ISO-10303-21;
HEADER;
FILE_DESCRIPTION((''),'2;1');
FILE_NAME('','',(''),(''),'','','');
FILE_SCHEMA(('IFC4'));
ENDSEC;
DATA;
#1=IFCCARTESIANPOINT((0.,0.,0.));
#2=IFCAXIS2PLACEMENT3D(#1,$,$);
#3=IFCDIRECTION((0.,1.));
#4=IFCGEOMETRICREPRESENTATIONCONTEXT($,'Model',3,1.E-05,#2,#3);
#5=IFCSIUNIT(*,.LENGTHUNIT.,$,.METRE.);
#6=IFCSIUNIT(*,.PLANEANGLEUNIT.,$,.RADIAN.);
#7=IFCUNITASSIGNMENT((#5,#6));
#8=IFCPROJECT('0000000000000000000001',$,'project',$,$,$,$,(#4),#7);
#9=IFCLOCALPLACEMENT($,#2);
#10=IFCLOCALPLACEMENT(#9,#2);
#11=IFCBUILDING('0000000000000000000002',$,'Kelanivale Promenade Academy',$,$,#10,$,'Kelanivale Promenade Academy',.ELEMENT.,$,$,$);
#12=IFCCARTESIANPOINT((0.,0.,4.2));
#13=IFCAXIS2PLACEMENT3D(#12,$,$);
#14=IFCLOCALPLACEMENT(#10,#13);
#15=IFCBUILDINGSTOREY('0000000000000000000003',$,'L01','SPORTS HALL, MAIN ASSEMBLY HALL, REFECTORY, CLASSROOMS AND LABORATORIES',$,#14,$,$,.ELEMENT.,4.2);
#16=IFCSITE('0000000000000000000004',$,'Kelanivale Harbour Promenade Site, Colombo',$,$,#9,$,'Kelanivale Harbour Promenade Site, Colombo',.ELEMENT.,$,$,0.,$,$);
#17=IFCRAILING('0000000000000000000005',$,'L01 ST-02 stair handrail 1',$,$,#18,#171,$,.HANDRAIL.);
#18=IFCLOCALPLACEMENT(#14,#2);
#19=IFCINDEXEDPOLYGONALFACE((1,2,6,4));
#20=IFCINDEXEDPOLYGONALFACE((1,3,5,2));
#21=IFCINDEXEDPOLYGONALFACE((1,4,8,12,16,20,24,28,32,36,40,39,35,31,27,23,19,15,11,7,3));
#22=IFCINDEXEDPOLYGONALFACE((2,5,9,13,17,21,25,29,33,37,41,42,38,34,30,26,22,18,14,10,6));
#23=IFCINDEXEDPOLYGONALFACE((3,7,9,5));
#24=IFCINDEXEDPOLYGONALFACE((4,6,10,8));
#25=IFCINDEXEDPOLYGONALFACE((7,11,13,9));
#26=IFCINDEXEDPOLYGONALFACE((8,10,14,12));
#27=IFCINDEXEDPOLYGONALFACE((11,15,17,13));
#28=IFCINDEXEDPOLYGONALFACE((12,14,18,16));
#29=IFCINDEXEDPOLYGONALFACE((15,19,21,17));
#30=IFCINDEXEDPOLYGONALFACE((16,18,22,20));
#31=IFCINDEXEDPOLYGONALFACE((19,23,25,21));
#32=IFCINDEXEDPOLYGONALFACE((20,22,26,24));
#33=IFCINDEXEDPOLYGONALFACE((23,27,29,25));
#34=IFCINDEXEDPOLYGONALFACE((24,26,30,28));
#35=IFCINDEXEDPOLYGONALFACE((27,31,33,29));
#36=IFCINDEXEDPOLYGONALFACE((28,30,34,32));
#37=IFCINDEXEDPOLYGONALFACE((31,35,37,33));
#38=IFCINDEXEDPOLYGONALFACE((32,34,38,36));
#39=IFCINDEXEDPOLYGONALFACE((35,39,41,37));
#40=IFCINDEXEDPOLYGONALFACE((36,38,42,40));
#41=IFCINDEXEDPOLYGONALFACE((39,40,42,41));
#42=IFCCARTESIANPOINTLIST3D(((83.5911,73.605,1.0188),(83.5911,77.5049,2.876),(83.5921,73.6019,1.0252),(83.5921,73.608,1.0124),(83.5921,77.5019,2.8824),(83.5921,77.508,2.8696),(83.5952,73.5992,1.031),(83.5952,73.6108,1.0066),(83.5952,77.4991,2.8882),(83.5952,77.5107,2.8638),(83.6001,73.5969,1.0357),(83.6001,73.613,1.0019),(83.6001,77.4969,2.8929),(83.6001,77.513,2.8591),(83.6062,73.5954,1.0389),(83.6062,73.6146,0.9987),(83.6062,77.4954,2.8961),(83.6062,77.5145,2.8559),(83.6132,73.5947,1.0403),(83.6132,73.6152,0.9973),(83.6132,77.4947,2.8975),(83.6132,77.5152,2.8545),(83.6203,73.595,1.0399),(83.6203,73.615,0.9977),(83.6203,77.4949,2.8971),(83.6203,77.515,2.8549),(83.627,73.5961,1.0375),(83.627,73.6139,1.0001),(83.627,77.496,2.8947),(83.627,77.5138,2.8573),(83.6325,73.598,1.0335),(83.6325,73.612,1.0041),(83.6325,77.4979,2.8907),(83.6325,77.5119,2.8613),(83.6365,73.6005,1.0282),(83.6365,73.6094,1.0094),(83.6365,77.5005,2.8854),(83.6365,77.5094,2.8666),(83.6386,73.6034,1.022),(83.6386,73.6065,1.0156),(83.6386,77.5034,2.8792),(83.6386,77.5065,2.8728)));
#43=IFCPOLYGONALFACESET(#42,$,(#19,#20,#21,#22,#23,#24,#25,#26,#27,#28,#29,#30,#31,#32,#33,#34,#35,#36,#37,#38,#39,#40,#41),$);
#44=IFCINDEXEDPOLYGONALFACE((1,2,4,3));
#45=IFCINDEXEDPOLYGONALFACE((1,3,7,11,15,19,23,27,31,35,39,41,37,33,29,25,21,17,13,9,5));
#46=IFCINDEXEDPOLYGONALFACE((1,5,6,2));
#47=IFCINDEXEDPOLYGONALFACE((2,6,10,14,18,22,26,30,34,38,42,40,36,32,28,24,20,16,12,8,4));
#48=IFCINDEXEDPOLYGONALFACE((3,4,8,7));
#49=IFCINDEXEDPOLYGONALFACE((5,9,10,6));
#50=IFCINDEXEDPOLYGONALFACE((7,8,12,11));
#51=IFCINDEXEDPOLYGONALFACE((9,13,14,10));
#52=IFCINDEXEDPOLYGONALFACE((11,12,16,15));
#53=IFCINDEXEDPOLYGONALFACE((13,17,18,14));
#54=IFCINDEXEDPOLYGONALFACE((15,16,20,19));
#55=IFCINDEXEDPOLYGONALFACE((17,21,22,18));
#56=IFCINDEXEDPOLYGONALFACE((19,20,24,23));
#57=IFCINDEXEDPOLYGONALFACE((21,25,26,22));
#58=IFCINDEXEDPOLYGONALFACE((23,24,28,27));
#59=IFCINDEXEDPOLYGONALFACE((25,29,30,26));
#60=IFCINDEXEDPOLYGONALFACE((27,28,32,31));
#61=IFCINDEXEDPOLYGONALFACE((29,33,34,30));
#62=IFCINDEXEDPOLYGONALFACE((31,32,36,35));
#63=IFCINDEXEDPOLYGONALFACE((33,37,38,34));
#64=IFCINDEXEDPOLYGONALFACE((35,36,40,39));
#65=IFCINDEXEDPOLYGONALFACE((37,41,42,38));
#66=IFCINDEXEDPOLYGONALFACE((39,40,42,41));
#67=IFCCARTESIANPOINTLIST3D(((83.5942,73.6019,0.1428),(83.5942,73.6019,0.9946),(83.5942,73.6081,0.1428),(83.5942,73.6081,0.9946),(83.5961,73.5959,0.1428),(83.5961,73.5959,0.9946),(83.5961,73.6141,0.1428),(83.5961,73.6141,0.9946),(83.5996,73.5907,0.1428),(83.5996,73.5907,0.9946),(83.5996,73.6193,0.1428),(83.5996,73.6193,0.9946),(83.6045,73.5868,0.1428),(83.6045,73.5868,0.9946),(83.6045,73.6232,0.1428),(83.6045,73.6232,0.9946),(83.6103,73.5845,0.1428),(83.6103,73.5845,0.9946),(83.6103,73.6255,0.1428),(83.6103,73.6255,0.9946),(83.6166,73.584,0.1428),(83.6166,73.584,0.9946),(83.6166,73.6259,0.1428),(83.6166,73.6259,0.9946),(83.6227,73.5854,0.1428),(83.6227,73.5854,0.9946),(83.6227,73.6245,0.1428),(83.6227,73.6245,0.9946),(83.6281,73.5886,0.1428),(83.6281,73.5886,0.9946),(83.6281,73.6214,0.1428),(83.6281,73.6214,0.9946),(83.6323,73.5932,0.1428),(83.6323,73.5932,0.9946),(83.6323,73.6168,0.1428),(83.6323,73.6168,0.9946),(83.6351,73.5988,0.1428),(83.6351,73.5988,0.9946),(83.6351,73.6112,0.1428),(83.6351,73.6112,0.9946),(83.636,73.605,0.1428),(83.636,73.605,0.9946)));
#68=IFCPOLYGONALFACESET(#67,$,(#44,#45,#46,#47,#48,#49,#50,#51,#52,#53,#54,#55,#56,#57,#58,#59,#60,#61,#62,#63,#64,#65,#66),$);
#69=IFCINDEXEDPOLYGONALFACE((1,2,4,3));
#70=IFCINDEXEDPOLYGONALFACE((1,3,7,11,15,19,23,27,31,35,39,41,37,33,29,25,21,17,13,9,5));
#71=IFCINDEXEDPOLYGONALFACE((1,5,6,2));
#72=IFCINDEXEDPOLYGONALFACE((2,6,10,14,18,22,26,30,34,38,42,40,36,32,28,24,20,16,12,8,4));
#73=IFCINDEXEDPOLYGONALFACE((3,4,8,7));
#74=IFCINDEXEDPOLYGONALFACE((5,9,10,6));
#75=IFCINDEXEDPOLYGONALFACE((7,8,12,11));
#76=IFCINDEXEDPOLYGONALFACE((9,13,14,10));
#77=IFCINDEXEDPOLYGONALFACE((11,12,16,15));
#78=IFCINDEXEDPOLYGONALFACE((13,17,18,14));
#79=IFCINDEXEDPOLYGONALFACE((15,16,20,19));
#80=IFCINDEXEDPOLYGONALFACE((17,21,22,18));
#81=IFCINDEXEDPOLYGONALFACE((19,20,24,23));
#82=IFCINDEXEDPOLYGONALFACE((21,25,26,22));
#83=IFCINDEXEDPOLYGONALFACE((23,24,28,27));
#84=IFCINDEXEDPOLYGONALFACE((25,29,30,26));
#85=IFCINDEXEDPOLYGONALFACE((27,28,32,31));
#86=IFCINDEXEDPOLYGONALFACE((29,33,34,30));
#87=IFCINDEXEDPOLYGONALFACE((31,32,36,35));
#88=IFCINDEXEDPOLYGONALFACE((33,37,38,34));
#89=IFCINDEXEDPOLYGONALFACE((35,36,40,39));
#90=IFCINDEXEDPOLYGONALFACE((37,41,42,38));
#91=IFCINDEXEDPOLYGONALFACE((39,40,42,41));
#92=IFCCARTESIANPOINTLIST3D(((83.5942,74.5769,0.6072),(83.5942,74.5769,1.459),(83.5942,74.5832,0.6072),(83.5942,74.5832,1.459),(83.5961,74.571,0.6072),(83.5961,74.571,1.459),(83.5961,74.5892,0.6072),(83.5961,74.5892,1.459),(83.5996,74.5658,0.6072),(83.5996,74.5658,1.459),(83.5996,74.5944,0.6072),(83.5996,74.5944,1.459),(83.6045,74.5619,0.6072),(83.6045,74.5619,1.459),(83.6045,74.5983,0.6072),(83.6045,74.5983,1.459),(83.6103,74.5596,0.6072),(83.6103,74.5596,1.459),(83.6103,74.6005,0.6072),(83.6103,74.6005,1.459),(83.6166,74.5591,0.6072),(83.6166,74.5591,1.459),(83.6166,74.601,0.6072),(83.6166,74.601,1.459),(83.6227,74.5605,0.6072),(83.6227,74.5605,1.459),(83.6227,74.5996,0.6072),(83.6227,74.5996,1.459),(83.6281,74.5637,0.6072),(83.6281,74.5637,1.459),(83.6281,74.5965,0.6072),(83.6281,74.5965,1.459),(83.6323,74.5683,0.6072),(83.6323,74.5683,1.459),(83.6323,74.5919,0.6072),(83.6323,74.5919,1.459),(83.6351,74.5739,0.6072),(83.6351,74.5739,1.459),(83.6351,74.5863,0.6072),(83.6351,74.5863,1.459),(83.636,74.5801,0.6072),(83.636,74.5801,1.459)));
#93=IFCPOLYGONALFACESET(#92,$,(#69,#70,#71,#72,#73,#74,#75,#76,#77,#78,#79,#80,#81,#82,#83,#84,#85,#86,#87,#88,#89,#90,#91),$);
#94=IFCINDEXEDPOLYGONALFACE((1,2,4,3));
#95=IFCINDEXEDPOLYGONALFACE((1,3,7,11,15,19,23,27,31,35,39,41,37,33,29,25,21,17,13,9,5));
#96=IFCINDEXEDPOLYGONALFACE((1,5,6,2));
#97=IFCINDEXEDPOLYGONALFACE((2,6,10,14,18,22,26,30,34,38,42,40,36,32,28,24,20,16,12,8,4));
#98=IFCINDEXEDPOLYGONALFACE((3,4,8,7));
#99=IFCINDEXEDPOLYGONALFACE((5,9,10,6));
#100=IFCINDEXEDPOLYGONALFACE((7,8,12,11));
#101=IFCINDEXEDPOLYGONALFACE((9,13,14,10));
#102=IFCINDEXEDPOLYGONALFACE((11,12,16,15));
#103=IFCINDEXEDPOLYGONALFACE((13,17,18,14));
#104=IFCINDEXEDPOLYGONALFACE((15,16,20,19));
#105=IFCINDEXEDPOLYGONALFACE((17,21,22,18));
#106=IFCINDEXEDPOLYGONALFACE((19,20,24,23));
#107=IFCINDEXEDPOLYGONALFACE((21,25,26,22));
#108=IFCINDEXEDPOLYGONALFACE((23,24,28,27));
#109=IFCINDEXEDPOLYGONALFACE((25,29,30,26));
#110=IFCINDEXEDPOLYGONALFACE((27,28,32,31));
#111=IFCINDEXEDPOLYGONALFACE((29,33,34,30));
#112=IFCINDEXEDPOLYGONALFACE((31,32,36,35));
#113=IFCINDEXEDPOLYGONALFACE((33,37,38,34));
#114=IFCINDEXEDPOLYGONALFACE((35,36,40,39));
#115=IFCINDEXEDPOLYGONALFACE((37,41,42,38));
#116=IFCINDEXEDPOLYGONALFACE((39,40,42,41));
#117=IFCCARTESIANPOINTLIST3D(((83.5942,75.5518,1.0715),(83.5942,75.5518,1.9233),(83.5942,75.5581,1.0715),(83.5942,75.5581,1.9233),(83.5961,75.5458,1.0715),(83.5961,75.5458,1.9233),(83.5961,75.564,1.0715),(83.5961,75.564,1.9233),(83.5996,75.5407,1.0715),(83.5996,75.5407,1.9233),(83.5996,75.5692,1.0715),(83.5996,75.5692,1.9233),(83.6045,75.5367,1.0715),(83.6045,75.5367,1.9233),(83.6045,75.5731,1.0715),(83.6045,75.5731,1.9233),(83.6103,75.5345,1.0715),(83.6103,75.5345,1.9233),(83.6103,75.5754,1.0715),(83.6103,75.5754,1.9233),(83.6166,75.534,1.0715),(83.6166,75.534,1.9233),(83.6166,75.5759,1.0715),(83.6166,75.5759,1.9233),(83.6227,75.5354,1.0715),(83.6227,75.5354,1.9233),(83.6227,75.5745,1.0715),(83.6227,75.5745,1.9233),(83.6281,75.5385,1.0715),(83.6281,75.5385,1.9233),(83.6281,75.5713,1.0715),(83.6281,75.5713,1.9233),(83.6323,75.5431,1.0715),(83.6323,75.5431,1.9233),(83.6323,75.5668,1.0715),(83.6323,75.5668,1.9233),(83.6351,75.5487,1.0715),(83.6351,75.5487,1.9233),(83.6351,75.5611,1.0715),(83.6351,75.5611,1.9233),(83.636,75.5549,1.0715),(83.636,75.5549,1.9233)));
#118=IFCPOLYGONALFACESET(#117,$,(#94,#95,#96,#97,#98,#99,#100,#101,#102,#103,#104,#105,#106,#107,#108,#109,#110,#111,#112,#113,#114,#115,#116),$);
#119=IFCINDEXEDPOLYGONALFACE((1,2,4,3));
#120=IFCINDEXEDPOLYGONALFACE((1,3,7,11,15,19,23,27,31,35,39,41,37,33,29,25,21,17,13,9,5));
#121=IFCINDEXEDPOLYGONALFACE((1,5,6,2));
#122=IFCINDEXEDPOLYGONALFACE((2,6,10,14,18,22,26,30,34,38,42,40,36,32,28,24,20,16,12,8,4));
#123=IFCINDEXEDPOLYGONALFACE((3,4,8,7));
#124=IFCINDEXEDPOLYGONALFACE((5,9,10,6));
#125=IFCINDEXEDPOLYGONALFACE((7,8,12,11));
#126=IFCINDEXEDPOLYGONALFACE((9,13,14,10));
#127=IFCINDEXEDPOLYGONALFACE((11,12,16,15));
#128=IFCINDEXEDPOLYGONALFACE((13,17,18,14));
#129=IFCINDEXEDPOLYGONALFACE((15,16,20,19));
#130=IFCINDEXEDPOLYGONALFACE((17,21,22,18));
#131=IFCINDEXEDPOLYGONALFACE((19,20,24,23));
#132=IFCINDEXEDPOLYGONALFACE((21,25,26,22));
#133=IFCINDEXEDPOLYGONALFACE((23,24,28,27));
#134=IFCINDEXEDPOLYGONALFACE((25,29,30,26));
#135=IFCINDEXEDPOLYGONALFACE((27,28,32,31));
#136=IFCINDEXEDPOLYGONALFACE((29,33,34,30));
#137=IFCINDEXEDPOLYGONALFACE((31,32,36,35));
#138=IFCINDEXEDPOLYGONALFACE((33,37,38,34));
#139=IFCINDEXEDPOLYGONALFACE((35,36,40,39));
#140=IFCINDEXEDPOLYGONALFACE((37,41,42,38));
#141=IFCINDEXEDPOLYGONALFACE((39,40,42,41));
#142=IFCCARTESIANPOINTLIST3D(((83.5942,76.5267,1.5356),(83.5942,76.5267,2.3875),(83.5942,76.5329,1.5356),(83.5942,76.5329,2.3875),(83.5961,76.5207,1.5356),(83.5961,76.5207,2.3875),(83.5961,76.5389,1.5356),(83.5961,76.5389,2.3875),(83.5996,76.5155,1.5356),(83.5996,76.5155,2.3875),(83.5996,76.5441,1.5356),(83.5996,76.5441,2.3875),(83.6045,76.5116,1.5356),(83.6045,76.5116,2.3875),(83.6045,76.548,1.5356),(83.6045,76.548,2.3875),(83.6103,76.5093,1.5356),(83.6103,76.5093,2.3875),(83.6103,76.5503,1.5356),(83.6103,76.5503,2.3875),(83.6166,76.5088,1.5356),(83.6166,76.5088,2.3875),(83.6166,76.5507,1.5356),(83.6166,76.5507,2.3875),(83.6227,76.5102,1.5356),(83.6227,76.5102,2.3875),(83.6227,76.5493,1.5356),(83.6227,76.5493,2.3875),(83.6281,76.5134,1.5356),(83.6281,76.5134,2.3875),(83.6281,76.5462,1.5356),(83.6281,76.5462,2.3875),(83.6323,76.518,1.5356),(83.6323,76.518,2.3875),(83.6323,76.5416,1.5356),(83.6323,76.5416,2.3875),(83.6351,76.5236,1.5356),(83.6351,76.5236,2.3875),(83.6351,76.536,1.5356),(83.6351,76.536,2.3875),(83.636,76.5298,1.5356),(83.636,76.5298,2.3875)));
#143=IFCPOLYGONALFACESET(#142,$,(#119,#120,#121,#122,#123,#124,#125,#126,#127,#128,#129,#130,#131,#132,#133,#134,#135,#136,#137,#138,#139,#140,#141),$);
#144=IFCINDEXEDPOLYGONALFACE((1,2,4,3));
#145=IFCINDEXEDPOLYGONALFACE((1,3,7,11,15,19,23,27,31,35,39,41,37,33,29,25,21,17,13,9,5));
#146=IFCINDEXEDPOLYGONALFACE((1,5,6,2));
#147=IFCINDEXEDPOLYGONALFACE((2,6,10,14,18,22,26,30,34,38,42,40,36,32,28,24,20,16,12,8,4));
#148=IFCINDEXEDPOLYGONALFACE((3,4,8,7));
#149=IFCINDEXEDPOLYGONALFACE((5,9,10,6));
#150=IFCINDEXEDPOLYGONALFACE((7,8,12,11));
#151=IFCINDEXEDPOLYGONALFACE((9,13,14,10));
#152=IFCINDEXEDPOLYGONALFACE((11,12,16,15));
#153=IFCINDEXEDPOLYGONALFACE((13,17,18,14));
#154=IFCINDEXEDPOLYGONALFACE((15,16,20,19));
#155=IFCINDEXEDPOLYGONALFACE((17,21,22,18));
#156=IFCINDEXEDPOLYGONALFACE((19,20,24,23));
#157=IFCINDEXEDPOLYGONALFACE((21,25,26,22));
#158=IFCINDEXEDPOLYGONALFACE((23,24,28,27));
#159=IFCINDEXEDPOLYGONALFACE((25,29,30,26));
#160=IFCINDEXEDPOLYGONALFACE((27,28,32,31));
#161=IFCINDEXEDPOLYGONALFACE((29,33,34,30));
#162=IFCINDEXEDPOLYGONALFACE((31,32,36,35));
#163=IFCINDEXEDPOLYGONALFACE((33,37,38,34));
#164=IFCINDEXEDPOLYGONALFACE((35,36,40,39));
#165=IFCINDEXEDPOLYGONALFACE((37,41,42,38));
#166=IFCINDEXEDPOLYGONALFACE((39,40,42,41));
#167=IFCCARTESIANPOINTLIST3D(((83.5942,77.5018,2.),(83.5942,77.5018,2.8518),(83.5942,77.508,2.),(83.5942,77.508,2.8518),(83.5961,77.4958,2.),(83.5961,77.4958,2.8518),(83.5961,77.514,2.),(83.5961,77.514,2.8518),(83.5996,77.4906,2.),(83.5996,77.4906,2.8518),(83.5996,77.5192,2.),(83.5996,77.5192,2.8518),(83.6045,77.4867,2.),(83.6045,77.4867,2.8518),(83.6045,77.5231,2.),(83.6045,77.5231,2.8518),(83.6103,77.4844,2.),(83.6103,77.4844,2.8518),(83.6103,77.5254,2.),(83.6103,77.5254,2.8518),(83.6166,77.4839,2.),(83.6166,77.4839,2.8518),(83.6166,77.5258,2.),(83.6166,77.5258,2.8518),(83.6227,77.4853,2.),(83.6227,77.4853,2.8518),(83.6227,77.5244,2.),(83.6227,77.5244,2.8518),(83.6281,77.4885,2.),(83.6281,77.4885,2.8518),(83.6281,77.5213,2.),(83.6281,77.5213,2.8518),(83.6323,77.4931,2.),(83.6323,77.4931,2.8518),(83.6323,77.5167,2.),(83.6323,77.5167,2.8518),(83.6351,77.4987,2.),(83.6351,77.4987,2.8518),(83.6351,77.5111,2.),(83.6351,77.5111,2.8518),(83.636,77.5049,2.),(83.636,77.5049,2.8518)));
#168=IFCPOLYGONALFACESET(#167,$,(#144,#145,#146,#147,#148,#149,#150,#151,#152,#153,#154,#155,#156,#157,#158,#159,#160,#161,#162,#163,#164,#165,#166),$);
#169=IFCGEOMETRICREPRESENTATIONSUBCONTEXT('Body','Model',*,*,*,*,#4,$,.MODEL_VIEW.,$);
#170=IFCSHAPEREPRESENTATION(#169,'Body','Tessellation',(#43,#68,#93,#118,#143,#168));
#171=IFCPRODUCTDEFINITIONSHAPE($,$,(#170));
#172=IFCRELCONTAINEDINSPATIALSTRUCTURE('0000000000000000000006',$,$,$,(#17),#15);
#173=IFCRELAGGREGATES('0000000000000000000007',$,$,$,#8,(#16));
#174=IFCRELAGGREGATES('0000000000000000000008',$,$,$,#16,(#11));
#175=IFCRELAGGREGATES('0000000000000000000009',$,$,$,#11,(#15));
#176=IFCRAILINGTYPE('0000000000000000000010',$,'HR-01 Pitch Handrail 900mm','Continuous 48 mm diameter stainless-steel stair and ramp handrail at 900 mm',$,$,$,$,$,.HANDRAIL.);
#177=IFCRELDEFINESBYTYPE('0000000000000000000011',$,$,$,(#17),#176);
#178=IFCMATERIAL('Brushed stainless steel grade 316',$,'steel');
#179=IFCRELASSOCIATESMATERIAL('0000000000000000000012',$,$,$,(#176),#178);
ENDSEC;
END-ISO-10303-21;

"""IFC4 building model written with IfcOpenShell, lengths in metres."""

from ifc_helpers import new_model, si_unit, direction, frame, origin, origin_2d, place, context, subcontext, project, spatial, circle, extrude, material, type_object, element, save


model = new_model("IFC4")

# Units and contexts
model_context = context("Model", 3, precision=1e-05, world=origin(), true_north=direction((0.0, 1.0)))
body_context = subcontext(model_context, "Body", "Model", "MODEL_VIEW")
ifc_project = project(units=[si_unit("LENGTHUNIT", "METRE"), si_unit("PLANEANGLEUNIT", "RADIAN")], contexts=[model_context])

# Site, building, storey
site_placement = place(None, origin())
site = spatial("IfcSite", under=ifc_project, at=site_placement, Name="Kelanivale Harbour Promenade Site, Colombo", LongName="Kelanivale Harbour Promenade Site, Colombo", CompositionType="ELEMENT", RefElevation=0.0)
building_placement = place(site_placement, origin())
building = spatial("IfcBuilding", under=site, at=building_placement, Name="Kelanivale Promenade Academy", LongName="Kelanivale Promenade Academy", CompositionType="ELEMENT")
storey_placement = place(building_placement, frame((0.0, 0.0, 4.2)))
storey = spatial("IfcBuildingStorey", under=building, at=storey_placement, Name="L01", Description="SPORTS HALL, MAIN ASSEMBLY HALL, REFECTORY, CLASSROOMS AND LABORATORIES", CompositionType="ELEMENT", Elevation=4.2)

# Railing
ifc_material_1 = material(Name="Brushed stainless steel grade 316", Category="steel")
railing_type_1 = type_object("IfcRailingType", Name="HR-01 Pitch Handrail 900mm", Description="Continuous 48 mm diameter stainless-steel stair and ramp handrail at 900 mm", PredefinedType="HANDRAIL", material=ifc_material_1)
railing_1_placement = place(storey_placement, frame((83.615, 73.605, 0.1428)))
element("IfcRailing", 1, at=railing_1_placement, inside=storey, type_object=railing_type_1, Name="L01 ST-02 stair handrail 1", PredefinedType="HANDRAIL", context=body_context, shape_type="SweptSolid", body=[
    extrude(circle(Radius=0.0239, at=origin_2d()), frame((0.0, 0.0, 0.876), z_axis=(0.0, 0.902853, 0.429949), x_axis=(-1.0, 0.0, 0.0)), (0.0, 0.0, 1.0), 4.3196),
    extrude(circle(Radius=0.021, at=origin_2d()), origin(), (0.0, 0.0, 1.0), 0.8518),
    extrude(circle(Radius=0.021, at=origin_2d()), frame((0.0, 0.9751, 0.4644)), (0.0, 0.0, 1.0), 0.8518),
    extrude(circle(Radius=0.021, at=origin_2d()), frame((0.0, 1.95, 0.9287)), (0.0, 0.0, 1.0), 0.8518),
    extrude(circle(Radius=0.021, at=origin_2d()), frame((0.0, 2.9248, 1.3928)), (0.0, 0.0, 1.0), 0.8518),
    extrude(circle(Radius=0.021, at=origin_2d()), frame((0.0, 3.8999, 1.8572)), (0.0, 0.0, 1.0), 0.8518),
])

save(model, "model.ifc")
